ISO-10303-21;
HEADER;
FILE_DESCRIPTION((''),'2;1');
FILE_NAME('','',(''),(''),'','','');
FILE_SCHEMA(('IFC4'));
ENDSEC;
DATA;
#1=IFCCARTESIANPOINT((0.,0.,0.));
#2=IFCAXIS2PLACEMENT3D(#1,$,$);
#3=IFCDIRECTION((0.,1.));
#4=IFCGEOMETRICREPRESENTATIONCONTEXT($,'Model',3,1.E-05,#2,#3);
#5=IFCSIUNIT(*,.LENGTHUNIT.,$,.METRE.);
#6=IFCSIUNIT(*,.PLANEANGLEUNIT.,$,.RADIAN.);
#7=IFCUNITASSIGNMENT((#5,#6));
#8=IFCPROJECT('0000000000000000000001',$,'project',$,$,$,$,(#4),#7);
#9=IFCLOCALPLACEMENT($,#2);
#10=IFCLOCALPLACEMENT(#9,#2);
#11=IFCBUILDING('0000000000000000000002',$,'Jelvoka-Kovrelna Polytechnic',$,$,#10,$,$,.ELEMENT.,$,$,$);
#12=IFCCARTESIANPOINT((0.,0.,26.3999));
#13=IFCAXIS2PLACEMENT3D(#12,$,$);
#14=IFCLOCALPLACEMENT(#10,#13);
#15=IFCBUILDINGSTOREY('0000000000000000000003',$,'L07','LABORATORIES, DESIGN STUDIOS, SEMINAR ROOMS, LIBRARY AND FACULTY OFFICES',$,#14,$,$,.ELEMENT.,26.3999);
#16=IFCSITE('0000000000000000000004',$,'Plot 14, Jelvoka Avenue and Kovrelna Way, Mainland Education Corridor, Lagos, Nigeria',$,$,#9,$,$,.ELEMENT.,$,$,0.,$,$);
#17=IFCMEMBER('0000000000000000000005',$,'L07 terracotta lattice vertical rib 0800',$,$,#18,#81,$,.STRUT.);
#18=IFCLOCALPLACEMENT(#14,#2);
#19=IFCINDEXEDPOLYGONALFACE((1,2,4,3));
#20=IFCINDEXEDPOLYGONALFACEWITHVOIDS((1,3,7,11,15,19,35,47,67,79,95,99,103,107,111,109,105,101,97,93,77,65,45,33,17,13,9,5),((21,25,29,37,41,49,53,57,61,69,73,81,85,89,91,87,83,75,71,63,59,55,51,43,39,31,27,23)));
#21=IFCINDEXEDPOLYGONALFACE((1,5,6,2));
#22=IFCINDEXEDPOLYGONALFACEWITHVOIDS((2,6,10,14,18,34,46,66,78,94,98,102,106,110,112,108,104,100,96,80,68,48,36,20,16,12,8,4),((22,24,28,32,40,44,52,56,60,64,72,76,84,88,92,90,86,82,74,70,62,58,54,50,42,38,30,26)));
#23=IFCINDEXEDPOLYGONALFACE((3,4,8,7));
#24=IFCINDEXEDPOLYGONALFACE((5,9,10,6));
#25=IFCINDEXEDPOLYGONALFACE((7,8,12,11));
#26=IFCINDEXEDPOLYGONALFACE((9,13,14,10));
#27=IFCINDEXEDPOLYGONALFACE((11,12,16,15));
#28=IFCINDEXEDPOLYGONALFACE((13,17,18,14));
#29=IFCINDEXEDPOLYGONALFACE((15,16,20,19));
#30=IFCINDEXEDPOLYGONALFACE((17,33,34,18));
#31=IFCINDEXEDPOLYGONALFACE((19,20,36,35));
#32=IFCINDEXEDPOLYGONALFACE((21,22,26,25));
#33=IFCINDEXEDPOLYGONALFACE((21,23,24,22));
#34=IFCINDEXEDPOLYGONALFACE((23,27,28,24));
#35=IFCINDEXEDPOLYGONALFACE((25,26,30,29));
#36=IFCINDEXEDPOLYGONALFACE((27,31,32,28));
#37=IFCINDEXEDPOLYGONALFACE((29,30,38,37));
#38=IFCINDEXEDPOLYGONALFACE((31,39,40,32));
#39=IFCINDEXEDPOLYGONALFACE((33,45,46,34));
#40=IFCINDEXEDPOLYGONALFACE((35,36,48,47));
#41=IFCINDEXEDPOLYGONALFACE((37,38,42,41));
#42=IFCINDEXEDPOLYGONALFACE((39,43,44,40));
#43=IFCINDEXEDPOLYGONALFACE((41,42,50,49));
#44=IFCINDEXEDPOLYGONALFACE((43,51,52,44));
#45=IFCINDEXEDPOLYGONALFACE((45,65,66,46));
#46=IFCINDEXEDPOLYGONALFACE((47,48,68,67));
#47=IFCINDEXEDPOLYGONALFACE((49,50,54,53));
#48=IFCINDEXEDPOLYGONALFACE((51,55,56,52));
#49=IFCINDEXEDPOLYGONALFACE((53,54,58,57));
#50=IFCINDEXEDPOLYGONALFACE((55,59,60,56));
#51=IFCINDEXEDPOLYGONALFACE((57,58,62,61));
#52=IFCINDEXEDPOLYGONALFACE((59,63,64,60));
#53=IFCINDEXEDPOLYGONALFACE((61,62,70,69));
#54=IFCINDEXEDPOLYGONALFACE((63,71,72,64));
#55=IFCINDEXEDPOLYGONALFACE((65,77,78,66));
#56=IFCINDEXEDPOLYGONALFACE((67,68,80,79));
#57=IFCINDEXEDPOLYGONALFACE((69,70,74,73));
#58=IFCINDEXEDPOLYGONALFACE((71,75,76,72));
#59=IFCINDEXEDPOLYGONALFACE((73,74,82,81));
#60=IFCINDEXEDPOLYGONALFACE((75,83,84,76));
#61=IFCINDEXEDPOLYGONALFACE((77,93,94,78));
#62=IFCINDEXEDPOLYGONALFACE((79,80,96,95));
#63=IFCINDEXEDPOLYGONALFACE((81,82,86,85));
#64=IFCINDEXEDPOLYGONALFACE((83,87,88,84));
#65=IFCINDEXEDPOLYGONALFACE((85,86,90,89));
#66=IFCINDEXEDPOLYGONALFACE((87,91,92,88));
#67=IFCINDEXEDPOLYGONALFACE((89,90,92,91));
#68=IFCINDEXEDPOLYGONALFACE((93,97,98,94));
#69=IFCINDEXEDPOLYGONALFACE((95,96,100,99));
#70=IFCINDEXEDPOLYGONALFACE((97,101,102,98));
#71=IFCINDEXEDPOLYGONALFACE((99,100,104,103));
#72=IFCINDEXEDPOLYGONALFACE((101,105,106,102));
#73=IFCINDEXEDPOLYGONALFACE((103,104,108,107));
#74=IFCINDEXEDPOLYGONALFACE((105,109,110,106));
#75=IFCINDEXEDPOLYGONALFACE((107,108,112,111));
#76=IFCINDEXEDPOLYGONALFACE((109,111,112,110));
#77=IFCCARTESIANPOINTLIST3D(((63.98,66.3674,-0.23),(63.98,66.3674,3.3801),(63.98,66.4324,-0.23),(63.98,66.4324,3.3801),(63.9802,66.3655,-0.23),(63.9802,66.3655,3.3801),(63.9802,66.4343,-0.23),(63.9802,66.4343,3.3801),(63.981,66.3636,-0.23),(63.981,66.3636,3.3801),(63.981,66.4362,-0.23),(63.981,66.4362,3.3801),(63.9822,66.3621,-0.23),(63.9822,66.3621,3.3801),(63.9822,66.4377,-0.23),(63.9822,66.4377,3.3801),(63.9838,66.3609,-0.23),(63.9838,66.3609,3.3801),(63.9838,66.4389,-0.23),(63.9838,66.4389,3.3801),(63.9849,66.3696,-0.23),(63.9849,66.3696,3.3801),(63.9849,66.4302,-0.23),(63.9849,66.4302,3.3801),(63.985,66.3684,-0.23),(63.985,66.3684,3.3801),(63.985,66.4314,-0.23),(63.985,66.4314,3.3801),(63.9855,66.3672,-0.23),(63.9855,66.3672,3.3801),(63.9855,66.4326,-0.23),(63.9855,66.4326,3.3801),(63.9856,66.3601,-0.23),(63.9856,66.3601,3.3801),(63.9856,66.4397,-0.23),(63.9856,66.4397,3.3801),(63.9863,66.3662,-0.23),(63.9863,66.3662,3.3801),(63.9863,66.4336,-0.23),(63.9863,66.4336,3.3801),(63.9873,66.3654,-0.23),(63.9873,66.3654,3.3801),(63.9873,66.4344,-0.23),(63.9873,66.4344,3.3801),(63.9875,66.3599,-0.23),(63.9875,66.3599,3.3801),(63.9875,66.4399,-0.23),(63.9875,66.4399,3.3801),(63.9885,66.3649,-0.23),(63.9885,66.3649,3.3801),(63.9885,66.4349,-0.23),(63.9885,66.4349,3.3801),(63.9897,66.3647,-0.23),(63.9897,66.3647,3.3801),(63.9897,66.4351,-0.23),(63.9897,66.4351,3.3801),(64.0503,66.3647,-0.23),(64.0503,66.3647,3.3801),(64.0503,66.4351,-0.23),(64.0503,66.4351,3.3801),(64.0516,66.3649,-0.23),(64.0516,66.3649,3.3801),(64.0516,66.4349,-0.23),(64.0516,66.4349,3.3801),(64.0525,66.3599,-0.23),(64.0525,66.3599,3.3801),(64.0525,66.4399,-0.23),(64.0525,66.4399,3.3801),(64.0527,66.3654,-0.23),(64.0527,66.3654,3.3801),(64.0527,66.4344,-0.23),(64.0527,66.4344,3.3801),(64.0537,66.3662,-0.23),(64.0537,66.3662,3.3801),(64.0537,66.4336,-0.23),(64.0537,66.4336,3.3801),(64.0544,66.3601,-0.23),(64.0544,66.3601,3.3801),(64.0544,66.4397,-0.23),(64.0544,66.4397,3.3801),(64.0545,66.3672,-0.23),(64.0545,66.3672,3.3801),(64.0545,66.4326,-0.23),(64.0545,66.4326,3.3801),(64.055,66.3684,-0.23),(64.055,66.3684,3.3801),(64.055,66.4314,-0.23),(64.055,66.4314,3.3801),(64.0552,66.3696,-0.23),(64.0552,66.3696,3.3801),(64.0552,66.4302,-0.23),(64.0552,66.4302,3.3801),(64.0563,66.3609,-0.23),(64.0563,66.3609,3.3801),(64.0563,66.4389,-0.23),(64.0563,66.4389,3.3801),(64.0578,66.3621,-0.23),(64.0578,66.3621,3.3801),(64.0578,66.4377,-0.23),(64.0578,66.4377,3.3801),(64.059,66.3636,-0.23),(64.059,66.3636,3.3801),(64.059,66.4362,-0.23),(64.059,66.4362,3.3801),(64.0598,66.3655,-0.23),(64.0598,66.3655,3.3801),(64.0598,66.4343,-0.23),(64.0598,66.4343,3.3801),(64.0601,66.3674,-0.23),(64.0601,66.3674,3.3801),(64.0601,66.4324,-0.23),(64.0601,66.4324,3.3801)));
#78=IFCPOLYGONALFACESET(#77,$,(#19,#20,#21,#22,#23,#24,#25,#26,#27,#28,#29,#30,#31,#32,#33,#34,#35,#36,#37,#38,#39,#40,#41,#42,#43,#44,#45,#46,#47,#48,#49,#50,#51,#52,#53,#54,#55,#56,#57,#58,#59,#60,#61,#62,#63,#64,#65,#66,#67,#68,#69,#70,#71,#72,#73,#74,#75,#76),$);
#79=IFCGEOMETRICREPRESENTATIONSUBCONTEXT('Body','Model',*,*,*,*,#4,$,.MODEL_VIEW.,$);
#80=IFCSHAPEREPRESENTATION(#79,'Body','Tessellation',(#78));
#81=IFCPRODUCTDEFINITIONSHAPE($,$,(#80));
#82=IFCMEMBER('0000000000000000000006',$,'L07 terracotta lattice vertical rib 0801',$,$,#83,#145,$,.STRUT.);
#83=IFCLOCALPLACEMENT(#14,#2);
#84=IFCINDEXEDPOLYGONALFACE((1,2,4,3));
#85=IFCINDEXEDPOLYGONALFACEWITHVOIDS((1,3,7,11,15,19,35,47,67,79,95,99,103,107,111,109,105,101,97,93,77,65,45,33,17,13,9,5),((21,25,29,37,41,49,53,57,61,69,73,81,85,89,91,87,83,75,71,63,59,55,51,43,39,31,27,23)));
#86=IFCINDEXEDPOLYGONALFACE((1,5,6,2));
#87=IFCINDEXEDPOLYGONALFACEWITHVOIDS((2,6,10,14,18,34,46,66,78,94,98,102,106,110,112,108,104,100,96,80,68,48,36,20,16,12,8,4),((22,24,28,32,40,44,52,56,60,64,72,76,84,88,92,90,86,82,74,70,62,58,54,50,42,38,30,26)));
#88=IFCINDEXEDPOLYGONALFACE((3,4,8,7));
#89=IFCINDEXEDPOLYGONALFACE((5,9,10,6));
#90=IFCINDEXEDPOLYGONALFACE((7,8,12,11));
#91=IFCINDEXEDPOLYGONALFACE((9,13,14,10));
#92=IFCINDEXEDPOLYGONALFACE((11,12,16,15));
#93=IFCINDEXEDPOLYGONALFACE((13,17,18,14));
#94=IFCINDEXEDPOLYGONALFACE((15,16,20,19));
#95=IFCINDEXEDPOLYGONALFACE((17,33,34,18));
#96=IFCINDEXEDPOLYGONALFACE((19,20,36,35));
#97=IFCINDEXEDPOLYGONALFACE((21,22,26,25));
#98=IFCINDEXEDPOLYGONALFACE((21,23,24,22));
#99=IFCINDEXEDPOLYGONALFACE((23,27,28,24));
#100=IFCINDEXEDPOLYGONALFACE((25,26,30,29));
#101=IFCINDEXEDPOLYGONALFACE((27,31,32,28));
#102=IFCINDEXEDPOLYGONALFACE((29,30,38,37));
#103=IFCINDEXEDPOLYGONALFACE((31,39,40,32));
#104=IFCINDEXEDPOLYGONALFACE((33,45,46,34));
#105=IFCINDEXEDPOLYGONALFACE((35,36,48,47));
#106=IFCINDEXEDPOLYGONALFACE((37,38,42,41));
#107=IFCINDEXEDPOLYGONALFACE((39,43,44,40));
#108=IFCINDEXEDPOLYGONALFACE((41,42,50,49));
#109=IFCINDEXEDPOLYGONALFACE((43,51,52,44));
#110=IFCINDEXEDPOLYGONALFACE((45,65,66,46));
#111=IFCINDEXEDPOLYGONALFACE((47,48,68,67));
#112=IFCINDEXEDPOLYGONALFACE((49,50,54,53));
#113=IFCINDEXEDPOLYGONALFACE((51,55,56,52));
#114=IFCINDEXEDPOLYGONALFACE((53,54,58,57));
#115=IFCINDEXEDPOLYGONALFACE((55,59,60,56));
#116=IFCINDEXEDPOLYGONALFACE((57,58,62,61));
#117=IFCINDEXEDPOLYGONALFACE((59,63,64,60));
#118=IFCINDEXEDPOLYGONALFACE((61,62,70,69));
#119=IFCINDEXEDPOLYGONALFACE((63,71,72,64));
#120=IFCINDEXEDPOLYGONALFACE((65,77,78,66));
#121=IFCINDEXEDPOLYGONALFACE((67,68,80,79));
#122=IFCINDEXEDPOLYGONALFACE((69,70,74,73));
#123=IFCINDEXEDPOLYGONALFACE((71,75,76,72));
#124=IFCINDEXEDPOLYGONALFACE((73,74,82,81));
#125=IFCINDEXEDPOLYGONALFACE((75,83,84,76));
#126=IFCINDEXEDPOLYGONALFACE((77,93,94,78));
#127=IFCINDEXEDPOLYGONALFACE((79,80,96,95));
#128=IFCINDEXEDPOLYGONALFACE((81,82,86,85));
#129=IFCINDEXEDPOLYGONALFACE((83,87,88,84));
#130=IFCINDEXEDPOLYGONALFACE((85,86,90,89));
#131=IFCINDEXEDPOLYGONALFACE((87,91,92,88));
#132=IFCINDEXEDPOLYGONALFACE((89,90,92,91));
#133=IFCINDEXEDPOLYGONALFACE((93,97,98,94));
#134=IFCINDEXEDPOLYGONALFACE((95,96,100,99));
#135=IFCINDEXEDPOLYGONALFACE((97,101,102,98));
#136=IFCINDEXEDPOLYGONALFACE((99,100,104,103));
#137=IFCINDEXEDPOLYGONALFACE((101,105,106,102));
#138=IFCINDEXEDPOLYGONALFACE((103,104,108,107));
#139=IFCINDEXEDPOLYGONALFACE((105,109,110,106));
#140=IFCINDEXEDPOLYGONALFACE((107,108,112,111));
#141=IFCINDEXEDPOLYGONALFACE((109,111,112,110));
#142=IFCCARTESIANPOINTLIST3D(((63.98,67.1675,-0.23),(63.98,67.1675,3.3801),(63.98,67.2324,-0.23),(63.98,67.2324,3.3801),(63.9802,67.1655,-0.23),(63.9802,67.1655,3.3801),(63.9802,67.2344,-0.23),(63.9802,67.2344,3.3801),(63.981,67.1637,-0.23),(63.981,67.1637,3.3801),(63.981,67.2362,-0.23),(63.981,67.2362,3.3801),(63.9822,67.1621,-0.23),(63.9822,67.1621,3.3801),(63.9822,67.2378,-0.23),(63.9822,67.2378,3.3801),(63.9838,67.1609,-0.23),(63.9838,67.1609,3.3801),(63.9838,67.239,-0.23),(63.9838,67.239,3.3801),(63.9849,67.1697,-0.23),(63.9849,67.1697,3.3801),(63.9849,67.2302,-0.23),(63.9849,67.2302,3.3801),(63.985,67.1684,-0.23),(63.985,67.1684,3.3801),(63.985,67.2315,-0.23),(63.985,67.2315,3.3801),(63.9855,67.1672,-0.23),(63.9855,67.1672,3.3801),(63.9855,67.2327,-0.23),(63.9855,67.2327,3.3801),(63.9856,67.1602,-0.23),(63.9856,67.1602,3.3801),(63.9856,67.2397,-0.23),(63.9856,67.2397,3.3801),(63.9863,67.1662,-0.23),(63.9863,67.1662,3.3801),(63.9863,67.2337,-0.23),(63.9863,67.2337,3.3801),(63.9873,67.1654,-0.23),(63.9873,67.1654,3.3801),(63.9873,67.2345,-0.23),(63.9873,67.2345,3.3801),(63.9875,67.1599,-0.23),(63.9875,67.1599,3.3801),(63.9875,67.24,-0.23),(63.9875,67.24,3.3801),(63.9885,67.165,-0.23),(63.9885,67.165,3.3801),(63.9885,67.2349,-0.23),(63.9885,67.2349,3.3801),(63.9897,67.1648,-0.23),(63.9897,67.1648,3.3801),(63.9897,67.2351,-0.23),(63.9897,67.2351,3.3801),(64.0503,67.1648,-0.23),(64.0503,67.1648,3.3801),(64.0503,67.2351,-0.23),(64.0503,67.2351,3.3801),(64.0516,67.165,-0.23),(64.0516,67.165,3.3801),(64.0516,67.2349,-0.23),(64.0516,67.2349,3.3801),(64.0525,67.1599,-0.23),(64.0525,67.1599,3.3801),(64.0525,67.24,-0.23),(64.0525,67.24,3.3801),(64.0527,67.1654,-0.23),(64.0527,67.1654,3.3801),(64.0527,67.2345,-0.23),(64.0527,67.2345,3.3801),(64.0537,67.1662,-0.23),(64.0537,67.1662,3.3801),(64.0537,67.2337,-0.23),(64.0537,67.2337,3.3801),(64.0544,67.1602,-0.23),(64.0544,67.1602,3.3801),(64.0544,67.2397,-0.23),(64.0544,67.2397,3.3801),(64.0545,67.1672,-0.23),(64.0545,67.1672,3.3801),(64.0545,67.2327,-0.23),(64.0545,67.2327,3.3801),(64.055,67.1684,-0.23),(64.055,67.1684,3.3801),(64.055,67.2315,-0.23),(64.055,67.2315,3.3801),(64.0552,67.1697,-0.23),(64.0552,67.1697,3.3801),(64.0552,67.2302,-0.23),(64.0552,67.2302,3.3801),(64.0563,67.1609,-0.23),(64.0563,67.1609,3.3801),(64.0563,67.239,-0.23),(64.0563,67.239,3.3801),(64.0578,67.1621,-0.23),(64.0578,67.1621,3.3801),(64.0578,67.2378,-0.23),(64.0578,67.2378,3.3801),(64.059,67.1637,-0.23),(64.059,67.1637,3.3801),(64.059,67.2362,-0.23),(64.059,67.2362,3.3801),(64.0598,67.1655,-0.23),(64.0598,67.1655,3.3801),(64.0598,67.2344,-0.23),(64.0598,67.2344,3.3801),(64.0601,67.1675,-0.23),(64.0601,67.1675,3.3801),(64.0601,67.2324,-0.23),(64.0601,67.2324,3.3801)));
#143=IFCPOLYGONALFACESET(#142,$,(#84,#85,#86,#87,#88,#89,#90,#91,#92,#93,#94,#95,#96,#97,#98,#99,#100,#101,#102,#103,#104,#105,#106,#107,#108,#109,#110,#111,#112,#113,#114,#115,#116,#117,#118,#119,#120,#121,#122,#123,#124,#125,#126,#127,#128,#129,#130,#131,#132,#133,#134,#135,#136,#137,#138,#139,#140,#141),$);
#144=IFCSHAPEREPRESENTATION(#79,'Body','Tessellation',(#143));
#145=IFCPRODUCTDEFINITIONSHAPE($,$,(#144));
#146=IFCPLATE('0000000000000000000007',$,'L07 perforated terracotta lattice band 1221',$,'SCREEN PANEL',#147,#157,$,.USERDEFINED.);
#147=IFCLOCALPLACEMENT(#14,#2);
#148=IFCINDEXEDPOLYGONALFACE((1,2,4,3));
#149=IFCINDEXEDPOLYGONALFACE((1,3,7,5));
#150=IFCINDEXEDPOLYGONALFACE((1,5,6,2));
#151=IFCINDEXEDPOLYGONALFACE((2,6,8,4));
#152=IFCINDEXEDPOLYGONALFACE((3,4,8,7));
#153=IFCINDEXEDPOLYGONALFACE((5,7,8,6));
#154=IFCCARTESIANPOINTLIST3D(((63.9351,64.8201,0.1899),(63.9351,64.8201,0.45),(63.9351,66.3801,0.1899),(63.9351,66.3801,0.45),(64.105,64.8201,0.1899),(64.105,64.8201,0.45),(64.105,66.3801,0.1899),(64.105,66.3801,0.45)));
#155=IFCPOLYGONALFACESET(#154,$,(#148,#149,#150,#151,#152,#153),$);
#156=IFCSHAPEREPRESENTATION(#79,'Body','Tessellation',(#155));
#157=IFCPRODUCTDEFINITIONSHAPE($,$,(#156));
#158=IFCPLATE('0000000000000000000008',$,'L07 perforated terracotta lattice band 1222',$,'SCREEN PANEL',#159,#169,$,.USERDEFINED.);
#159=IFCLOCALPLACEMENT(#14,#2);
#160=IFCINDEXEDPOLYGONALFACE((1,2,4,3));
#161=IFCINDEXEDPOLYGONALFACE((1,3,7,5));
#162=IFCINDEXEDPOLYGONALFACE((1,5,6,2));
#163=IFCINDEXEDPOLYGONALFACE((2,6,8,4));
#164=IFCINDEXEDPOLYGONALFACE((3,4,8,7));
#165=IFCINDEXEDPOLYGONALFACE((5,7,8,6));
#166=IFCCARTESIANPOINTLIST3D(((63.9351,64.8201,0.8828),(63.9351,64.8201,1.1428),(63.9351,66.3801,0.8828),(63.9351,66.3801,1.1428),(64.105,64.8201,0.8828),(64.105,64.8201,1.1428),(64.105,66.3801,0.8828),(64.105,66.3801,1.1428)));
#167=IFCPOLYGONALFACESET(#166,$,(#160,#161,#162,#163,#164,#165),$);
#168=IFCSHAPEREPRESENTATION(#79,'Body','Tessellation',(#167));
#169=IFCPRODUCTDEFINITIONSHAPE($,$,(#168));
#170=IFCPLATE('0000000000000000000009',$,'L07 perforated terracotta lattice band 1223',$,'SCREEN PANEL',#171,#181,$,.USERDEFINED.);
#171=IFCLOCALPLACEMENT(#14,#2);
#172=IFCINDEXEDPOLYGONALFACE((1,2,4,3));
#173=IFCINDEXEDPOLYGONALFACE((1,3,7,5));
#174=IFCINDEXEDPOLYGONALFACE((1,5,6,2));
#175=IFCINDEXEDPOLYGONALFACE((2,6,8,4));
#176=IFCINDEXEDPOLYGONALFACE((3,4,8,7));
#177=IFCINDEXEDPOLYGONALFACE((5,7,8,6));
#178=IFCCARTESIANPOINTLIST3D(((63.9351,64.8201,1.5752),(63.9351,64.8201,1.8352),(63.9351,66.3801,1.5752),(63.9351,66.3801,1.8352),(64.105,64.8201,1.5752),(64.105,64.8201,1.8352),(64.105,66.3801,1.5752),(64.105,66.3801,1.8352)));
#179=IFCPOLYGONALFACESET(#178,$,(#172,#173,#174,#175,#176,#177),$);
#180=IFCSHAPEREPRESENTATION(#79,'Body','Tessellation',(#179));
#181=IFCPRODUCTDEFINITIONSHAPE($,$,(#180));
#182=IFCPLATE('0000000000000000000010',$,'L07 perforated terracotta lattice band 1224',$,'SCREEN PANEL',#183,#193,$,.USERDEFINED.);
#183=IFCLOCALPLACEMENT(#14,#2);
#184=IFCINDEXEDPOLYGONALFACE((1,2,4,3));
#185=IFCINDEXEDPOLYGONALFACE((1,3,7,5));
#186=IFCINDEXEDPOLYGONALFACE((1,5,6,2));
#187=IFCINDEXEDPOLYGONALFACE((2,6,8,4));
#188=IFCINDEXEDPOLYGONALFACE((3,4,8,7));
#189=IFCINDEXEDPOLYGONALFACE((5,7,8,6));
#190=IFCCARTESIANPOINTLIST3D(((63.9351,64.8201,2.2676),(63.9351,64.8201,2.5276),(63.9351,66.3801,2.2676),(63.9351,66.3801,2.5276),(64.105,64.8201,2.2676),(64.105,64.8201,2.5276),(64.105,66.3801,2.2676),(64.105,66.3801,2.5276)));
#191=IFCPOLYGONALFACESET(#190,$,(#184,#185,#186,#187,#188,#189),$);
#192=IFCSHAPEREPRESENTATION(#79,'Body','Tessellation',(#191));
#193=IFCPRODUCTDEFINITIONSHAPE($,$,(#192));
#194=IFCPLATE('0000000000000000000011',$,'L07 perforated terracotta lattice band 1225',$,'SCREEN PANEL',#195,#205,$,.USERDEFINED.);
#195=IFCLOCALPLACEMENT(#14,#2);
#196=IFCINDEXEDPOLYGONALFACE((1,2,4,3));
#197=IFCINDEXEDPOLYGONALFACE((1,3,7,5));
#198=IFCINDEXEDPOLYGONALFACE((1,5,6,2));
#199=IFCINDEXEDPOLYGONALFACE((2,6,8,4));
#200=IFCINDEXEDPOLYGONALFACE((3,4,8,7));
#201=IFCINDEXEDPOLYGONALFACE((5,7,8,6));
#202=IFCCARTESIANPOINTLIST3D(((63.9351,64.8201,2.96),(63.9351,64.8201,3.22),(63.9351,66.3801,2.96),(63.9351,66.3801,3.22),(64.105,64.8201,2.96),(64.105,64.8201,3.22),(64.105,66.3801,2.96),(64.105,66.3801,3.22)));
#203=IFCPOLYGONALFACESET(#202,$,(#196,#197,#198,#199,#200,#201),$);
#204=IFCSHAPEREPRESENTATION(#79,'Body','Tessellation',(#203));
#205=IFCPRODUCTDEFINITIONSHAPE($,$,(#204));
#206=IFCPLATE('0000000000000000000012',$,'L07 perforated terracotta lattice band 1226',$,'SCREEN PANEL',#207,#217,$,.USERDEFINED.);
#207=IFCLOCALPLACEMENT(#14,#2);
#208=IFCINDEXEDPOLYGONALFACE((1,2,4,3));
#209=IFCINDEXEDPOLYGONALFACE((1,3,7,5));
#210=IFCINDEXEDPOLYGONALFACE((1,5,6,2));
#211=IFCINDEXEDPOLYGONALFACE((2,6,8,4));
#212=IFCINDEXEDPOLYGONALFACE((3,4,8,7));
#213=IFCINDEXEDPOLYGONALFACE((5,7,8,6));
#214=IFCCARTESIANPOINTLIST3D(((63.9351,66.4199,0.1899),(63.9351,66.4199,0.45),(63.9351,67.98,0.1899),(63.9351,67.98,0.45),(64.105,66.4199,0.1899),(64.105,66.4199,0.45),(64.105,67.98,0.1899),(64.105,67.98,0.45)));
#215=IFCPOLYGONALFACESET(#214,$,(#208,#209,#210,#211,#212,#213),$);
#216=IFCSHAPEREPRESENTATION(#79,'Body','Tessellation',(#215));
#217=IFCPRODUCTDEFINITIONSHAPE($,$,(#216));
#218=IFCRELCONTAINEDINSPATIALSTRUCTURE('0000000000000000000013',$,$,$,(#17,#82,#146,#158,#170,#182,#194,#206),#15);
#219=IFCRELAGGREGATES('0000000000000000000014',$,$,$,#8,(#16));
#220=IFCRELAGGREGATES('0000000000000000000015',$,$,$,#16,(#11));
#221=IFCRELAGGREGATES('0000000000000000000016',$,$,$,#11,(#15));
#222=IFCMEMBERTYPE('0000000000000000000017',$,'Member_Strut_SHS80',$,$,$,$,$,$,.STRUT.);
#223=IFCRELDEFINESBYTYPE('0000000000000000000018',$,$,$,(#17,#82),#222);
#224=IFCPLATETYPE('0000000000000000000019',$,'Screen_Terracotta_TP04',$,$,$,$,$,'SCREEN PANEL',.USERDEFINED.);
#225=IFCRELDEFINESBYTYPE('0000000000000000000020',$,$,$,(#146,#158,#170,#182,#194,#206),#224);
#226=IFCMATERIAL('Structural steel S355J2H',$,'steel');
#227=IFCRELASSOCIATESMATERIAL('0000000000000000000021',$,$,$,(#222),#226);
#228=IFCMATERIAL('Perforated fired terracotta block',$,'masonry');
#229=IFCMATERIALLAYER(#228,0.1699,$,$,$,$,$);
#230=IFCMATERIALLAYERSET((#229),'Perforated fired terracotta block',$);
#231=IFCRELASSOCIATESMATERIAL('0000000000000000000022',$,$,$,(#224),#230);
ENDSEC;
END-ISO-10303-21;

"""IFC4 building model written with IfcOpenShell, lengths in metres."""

from ifc_helpers import new_model, si_unit, direction, frame, origin, origin_2d, place, context, subcontext, project, spatial, rectangle, hollow_rectangle, extrude, material, layer, layer_set, material_profile, profile_set, type_object, element, save


model = new_model("IFC4")

# Units and contexts
model_context = context("Model", 3, precision=1e-05, world=origin(), true_north=direction((0.0, 1.0)))
body_context = subcontext(model_context, "Body", "Model", "MODEL_VIEW")
ifc_project = project(units=[si_unit("LENGTHUNIT", "METRE"), si_unit("PLANEANGLEUNIT", "RADIAN")], contexts=[model_context])

# Site, building, storey
site_placement = place(None, origin())
site = spatial("IfcSite", under=ifc_project, at=site_placement, Name="Plot 14, Jelvoka Avenue and Kovrelna Way, Mainland Education Corridor, Lagos, Nigeria", CompositionType="ELEMENT", RefElevation=0.0)
building_placement = place(site_placement, origin())
building = spatial("IfcBuilding", under=site, at=building_placement, Name="Jelvoka-Kovrelna Polytechnic", CompositionType="ELEMENT")
storey_placement = place(building_placement, frame((0.0, 0.0, 26.3999)))
storey = spatial("IfcBuildingStorey", under=building, at=storey_placement, Name="L07", Description="LABORATORIES, DESIGN STUDIOS, SEMINAR ROOMS, LIBRARY AND FACULTY OFFICES", CompositionType="ELEMENT", Elevation=26.3999)

# Members
ifc_material_1 = material(Name="Structural steel S355J2H", Category="steel")
ifc_material_profile_1 = material_profile(ifc_material_1, hollow_rectangle(XDim=0.0801, YDim=0.0801, WallThickness=0.0049, InnerFilletRadius=0.0049, OuterFilletRadius=0.0076, at=origin_2d()), Name="80x80x5.0 SHS")
ifc_profile_set_1 = profile_set([ifc_material_profile_1], Name="Structural steel S355J2H")
member_type_1 = type_object("IfcMemberType", Name="Member_Strut_SHS80", PredefinedType="STRUT", material=ifc_profile_set_1)
for number, where, z_axis, x_axis, name in (
    (1, (64.02, 66.3999, -0.23), (0.0, 0.0, 1.0), (1.0, 0.0, 0.0), "L07 terracotta lattice vertical rib 0800"),
    (2, (64.02, 67.2, -0.23), (0.0, 0.0, 1.0), (1.0, 0.0, 0.0), "L07 terracotta lattice vertical rib 0801"),
):
    element("IfcMember", number, at=place(storey_placement, frame(where, z_axis=z_axis, x_axis=x_axis)), inside=storey, type_object=member_type_1, Name=name, PredefinedType="STRUT", context=body_context, shape_type="SweptSolid", body=[
        extrude(hollow_rectangle(XDim=0.0801, YDim=0.0801, WallThickness=0.0049, InnerFilletRadius=0.0049, OuterFilletRadius=0.0076, at=origin_2d()), origin(), (0.0, 0.0, 1.0), 3.6101),
    ])

# Plates
ifc_material_2 = material(Name="Perforated fired terracotta block", Category="masonry")
ifc_layer_1 = layer(ifc_material_2, 0.1699)
ifc_layer_set_1 = layer_set([ifc_layer_1], Name="Perforated fired terracotta block")
plate_type = type_object("IfcPlateType", Name="Screen_Terracotta_TP04", ElementType="SCREEN PANEL", PredefinedType="USERDEFINED", material=ifc_layer_set_1)
for number, where, z_axis, x_axis, name in (
    (3, (64.02, 65.6001, 0.1899), (0.0, 0.0, 1.0), (0.0, 1.0, 0.0), "L07 perforated terracotta lattice band 1221"),
    (4, (64.02, 65.6001, 0.8828), (0.0, 0.0, 1.0), (0.0, 1.0, 0.0), "L07 perforated terracotta lattice band 1222"),
    (5, (64.02, 65.6001, 1.5752), (0.0, 0.0, 1.0), (0.0, 1.0, 0.0), "L07 perforated terracotta lattice band 1223"),
    (6, (64.02, 65.6001, 2.2676), (0.0, 0.0, 1.0), (0.0, 1.0, 0.0), "L07 perforated terracotta lattice band 1224"),
    (7, (64.02, 65.6001, 2.96), (0.0, 0.0, 1.0), (0.0, 1.0, 0.0), "L07 perforated terracotta lattice band 1225"),
    (8, (64.02, 67.2, 0.1899), (0.0, 0.0, 1.0), (0.0, 1.0, 0.0), "L07 perforated terracotta lattice band 1226"),
):
    element("IfcPlate", number, at=place(storey_placement, frame(where, z_axis=z_axis, x_axis=x_axis)), inside=storey, type_object=plate_type, Name=name, ObjectType="SCREEN PANEL", PredefinedType="USERDEFINED", context=body_context, shape_type="SweptSolid", body=[
        extrude(rectangle(XDim=1.5601, YDim=0.1699, at=origin_2d()), origin(), (0.0, 0.0, 1.0), 0.26),
    ])

save(model, "model.ifc")
